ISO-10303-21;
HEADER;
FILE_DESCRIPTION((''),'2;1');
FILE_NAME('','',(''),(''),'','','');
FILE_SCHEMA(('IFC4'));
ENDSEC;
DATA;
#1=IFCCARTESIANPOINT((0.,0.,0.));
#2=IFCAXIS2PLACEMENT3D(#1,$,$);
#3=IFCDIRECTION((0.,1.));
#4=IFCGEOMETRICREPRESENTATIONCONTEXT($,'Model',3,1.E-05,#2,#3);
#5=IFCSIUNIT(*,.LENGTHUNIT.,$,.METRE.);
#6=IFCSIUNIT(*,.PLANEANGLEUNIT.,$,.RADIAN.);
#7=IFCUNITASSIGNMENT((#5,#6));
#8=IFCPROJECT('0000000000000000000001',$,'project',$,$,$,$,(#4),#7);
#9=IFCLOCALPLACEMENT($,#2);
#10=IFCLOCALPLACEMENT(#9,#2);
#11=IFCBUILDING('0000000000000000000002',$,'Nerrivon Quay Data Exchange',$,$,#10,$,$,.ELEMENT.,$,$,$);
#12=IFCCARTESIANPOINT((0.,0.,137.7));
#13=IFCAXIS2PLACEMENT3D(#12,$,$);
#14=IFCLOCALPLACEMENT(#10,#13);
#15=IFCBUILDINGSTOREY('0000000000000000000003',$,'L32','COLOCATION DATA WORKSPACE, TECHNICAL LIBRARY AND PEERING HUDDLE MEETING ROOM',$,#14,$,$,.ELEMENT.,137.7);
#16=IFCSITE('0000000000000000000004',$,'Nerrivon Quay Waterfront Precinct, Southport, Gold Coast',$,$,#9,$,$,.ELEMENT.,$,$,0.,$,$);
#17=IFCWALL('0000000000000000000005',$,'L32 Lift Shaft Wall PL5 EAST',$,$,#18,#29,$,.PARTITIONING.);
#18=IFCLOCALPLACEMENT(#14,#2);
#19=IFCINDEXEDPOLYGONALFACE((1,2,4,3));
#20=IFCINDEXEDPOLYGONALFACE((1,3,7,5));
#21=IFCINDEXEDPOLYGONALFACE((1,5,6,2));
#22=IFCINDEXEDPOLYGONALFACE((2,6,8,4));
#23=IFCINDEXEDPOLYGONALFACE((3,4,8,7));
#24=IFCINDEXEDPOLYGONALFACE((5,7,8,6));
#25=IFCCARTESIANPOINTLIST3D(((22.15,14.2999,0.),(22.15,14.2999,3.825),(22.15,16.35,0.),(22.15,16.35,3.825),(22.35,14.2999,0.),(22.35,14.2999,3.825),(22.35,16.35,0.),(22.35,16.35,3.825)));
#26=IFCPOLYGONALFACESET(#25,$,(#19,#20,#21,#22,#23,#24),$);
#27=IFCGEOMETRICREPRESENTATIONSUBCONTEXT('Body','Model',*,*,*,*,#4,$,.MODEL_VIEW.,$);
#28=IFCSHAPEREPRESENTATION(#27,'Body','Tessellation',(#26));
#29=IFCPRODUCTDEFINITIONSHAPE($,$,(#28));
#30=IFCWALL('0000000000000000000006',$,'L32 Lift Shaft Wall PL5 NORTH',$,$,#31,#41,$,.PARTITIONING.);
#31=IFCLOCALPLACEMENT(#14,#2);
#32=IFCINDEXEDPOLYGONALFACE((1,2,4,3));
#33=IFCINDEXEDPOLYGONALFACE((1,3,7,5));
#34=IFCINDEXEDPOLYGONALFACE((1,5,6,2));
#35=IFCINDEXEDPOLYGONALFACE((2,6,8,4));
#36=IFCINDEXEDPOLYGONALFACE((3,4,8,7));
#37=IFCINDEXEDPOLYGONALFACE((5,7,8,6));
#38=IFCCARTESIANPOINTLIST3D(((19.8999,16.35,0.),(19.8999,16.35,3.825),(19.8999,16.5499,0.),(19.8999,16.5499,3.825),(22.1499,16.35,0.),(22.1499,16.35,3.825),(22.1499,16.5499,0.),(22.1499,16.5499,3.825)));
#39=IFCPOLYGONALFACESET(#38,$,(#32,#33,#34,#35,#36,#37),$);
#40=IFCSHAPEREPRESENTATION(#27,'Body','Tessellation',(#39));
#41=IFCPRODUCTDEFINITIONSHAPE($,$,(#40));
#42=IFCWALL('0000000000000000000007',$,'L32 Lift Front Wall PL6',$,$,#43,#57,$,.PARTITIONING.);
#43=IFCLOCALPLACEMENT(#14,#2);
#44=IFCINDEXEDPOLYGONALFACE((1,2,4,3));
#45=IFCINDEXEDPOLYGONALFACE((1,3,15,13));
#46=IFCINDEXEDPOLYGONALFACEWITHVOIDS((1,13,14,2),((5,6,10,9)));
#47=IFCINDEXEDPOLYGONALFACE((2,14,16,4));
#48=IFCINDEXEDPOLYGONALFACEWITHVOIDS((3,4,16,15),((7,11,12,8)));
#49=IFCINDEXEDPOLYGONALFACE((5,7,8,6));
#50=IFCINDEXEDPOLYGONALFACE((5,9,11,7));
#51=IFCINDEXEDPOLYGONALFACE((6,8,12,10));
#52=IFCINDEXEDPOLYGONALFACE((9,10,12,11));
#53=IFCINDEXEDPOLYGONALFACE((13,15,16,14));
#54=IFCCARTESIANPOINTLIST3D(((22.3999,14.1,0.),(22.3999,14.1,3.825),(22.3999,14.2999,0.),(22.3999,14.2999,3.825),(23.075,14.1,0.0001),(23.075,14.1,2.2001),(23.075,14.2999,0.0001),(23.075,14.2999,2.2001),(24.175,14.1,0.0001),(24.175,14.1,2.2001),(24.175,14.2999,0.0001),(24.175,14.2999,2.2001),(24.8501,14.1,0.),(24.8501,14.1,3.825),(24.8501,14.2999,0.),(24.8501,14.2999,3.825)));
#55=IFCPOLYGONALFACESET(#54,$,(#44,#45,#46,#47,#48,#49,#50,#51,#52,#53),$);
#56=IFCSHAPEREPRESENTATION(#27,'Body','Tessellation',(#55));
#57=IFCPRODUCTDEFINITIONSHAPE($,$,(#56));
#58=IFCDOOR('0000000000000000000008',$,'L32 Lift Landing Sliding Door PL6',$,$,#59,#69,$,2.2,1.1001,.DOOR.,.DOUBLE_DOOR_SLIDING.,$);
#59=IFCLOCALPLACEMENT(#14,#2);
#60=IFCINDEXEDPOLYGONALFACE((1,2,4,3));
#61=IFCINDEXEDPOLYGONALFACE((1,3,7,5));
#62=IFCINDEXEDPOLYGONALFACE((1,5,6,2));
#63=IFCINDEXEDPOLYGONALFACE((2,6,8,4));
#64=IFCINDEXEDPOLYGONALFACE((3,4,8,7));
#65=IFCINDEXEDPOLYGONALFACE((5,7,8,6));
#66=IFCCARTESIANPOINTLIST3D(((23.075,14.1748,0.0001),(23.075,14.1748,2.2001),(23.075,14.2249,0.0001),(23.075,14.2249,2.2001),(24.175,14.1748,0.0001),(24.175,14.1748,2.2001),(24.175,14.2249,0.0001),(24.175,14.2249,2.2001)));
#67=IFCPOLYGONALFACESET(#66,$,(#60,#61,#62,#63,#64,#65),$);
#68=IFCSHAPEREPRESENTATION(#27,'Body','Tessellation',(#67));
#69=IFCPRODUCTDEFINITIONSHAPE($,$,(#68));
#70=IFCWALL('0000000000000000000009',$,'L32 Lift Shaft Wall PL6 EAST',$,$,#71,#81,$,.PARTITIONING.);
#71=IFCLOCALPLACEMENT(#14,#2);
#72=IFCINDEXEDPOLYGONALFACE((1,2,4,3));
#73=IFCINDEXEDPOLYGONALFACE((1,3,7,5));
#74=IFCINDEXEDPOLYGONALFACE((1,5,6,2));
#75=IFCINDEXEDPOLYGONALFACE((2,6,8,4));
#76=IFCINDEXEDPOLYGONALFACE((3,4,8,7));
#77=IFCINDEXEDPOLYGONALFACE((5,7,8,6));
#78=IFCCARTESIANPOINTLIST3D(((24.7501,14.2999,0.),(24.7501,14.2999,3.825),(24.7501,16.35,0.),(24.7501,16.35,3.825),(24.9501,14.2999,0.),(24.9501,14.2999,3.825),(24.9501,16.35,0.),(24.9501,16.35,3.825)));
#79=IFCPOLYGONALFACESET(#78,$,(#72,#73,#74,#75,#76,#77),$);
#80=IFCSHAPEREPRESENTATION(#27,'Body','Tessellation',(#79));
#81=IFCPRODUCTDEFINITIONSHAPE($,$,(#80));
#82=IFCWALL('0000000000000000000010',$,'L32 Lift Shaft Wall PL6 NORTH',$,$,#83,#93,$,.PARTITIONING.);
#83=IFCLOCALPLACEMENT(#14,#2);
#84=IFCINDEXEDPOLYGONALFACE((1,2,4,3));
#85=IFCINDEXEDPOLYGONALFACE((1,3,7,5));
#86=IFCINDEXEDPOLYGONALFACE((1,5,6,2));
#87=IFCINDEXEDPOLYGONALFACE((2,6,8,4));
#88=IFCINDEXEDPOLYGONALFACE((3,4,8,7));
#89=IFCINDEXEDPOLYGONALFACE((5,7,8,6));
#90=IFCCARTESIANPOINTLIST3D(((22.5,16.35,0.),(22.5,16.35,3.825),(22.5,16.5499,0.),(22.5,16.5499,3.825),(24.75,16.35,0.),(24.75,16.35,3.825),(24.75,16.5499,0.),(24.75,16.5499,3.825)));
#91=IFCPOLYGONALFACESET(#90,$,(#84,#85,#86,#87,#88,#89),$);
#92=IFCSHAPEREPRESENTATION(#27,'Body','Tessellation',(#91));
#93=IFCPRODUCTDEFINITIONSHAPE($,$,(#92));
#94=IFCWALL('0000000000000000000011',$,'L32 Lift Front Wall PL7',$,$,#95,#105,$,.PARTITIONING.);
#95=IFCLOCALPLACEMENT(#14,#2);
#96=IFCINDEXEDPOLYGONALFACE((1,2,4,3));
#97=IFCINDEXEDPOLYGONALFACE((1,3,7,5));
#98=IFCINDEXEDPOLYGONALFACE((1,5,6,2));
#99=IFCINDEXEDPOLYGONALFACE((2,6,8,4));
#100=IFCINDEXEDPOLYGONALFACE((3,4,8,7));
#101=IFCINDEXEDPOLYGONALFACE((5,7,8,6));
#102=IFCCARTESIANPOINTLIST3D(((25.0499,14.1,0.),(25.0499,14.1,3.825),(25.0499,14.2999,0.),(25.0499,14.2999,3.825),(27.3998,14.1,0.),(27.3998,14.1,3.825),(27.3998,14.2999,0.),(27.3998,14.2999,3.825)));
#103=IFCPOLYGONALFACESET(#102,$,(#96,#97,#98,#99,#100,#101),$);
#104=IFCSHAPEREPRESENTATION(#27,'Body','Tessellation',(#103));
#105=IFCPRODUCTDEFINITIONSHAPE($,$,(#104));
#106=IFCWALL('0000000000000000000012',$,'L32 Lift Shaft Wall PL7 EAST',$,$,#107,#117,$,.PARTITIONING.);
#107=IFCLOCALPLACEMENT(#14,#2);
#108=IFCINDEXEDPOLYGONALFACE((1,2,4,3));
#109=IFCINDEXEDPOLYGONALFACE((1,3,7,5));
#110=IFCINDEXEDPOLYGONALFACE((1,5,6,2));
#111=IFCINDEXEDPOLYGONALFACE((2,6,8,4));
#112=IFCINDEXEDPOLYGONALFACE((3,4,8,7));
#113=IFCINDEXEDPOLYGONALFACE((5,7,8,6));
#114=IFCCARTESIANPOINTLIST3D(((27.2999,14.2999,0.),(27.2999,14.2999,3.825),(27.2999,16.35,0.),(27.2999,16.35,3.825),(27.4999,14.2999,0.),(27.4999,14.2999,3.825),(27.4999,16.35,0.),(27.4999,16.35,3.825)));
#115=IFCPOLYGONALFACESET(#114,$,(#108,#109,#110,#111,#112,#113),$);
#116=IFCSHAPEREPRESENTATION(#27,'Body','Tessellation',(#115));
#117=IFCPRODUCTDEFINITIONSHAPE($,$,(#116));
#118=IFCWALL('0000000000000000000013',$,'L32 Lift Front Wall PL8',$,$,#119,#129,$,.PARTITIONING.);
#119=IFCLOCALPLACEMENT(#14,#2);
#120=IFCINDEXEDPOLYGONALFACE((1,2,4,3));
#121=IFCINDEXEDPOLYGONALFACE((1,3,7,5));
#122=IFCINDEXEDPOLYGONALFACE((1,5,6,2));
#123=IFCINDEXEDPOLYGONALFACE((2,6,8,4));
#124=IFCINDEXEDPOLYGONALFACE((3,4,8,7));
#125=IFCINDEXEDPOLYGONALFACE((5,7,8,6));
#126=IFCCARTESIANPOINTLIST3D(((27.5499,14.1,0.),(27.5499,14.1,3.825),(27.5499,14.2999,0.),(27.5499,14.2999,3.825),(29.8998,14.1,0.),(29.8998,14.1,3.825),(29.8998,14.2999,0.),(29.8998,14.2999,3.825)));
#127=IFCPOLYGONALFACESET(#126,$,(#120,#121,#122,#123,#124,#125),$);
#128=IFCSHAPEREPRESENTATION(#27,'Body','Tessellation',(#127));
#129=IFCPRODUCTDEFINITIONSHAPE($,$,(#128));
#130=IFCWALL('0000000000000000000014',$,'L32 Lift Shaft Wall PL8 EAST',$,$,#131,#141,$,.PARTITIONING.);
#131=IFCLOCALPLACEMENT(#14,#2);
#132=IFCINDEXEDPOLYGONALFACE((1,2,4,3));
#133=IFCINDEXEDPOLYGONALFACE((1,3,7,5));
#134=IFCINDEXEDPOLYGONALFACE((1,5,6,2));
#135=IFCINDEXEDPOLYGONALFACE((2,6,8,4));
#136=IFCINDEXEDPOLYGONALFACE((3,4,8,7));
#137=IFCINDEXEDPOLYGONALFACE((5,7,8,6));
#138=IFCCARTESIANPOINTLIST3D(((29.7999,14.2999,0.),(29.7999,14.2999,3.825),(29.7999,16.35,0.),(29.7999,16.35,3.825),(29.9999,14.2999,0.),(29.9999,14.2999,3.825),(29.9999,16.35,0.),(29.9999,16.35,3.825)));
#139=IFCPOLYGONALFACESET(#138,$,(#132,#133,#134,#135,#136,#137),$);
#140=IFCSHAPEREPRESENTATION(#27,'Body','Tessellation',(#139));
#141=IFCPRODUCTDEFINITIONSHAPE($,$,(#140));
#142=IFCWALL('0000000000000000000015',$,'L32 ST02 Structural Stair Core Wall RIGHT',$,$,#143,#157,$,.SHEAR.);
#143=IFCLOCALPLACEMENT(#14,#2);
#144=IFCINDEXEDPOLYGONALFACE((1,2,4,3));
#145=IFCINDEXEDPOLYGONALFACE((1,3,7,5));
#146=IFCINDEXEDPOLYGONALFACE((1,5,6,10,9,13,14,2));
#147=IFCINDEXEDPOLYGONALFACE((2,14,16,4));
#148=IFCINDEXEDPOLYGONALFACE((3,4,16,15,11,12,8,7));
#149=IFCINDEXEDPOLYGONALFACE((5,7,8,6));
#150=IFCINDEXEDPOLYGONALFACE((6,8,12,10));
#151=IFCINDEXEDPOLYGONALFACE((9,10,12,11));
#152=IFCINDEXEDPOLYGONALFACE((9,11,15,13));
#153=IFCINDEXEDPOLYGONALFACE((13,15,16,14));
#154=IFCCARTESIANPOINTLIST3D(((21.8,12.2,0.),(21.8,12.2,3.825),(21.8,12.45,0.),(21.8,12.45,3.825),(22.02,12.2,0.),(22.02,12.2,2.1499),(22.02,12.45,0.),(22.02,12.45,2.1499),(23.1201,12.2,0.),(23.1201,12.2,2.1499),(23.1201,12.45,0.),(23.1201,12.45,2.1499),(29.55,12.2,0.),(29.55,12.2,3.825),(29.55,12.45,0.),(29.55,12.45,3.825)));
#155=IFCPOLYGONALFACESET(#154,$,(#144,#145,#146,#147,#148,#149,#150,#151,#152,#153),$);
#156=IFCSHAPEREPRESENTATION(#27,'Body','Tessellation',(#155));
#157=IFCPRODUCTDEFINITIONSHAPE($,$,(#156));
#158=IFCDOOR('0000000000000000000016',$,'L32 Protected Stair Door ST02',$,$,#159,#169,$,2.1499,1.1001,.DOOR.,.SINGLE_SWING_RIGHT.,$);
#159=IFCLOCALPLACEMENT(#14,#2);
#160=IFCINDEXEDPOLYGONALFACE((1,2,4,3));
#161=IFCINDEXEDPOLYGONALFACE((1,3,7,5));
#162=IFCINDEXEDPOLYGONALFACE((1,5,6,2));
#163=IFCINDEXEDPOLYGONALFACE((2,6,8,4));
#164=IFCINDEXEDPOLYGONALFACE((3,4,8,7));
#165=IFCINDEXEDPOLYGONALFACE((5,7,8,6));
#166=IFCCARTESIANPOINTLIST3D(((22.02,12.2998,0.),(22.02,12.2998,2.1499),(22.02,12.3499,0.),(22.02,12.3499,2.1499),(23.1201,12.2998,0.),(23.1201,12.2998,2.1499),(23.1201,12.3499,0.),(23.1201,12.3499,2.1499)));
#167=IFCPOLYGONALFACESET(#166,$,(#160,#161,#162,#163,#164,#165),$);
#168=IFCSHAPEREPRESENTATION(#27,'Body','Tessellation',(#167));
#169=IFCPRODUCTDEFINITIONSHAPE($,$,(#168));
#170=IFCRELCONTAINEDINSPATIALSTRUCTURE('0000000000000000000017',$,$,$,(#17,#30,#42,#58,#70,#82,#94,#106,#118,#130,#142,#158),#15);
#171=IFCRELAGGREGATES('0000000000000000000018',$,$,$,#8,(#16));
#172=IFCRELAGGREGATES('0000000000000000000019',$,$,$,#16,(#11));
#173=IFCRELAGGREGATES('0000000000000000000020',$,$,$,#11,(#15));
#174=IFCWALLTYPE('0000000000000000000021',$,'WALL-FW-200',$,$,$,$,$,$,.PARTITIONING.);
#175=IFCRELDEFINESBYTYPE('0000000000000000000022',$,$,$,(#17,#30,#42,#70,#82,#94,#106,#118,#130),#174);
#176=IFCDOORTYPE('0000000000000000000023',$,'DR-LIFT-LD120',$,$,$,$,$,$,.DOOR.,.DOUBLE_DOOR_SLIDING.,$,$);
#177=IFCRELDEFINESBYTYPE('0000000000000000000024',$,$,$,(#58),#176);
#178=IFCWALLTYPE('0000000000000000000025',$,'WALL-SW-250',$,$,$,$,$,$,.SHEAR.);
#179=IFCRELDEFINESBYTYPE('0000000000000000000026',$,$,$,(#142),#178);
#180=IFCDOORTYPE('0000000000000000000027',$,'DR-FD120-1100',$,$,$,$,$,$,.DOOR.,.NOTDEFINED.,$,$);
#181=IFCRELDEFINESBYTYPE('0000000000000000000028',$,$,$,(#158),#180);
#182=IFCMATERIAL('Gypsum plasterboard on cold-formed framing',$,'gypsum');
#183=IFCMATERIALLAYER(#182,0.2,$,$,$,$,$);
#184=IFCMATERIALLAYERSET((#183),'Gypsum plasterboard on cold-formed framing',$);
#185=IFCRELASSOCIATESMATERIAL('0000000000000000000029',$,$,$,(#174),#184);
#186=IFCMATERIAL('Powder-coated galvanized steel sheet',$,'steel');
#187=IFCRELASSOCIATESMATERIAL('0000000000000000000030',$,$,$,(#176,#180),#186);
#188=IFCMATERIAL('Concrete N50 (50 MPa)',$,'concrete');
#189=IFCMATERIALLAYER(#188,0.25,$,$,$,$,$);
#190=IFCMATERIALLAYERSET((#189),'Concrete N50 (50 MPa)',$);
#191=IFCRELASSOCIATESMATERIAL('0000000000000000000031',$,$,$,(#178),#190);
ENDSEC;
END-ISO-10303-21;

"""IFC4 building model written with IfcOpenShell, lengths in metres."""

from ifc_helpers import new_model, si_unit, direction, frame, frame_2d, origin, place, context, subcontext, project, spatial, rectangle, extrude, material, layer, layer_set, type_object, element, fill, save


model = new_model("IFC4")

# Units and contexts
model_context = context("Model", 3, precision=1e-05, world=origin(), true_north=direction((0.0, 1.0)))
body_context = subcontext(model_context, "Body", "Model", "MODEL_VIEW")
ifc_project = project(units=[si_unit("LENGTHUNIT", "METRE"), si_unit("PLANEANGLEUNIT", "RADIAN")], contexts=[model_context])

# Site, building, storey
site_placement = place(None, origin())
site = spatial("IfcSite", under=ifc_project, at=site_placement, Name="Nerrivon Quay Waterfront Precinct, Southport, Gold Coast", CompositionType="ELEMENT", RefElevation=0.0)
building_placement = place(site_placement, origin())
building = spatial("IfcBuilding", under=site, at=building_placement, Name="Nerrivon Quay Data Exchange", CompositionType="ELEMENT")
storey_placement = place(building_placement, frame((0.0, 0.0, 137.7)))
storey = spatial("IfcBuildingStorey", under=building, at=storey_placement, Name="L32", Description="COLOCATION DATA WORKSPACE, TECHNICAL LIBRARY AND PEERING HUDDLE MEETING ROOM", CompositionType="ELEMENT", Elevation=137.7)

# Walls
ifc_material_1 = material(Name="Gypsum plasterboard on cold-formed framing", Category="gypsum")
ifc_layer_1 = layer(ifc_material_1, 0.2)
ifc_layer_set_1 = layer_set([ifc_layer_1], Name="Gypsum plasterboard on cold-formed framing")
wall_type_1 = type_object("IfcWallType", Name="WALL-FW-200", PredefinedType="PARTITIONING", material=ifc_layer_set_1)
wall_1_placement = place(storey_placement, frame((22.25, 14.3, 0.0), z_axis=(0.0, 0.0, 1.0), x_axis=(0.0, 1.0, 0.0)))
element("IfcWall", 1, at=wall_1_placement, inside=storey, type_object=wall_type_1, Name="L32 Lift Shaft Wall PL5 EAST", PredefinedType="PARTITIONING", context=body_context, shape_type="SweptSolid", body=[
    extrude(rectangle(XDim=2.05, YDim=0.2, at=frame_2d((1.0249, 0.0))), origin(), (0.0, 0.0, 1.0), 3.825),
])
wall_2_placement = place(storey_placement, frame((19.8999, 16.45, 0.0), z_axis=(0.0, 0.0, 1.0), x_axis=(1.0, 0.0, 0.0)))
element("IfcWall", 2, at=wall_2_placement, inside=storey, type_object=wall_type_1, Name="L32 Lift Shaft Wall PL5 NORTH", PredefinedType="PARTITIONING", context=body_context, shape_type="SweptSolid", body=[
    extrude(rectangle(XDim=2.25, YDim=0.2, at=frame_2d((1.125, 0.0))), origin(), (0.0, 0.0, 1.0), 3.825),
])

# Wall, opening, door
wall_3_placement = place(storey_placement, frame((22.3999, 14.2, 0.0), z_axis=(0.0, 0.0, 1.0), x_axis=(1.0, 0.0, 0.0)))
wall_3 = element("IfcWall", 3, at=wall_3_placement, inside=storey, type_object=wall_type_1, Name="L32 Lift Front Wall PL6", PredefinedType="PARTITIONING", context=body_context, shape_type="SweptSolid", body=[
    extrude(rectangle(XDim=2.4502, YDim=0.2, at=frame_2d((1.2251, 0.0))), origin(), (0.0, 0.0, 1.0), 3.825),
])
opening_1_placement = place(wall_3_placement, frame((0.675, 0.0, 0.0)))
opening_1 = element("IfcOpeningElement", 4, at=opening_1_placement, cuts=wall_3, PredefinedType="OPENING", context=body_context, shape_type="SweptSolid", body=[
    extrude(rectangle(XDim=1.1001, YDim=2.2, at=frame_2d((0.55, 1.1001))), frame((0.0, 0.1099, 0.0), z_axis=(0.0, -1.0, 0.0), x_axis=(1.0, 0.0, 0.0)), (0.0, 0.0, 1.0), 0.22),
])
ifc_material_2 = material(Name="Powder-coated galvanized steel sheet", Category="steel")
door_type_1 = type_object("IfcDoorType", Name="DR-LIFT-LD120", OperationType="DOUBLE_DOOR_SLIDING", PredefinedType="DOOR", material=ifc_material_2)
door_1_placement = place(opening_1_placement, origin())
door_1 = element("IfcDoor", 5, at=door_1_placement, inside=storey, type_object=door_type_1, Name="L32 Lift Landing Sliding Door PL6", OperationType="DOUBLE_DOOR_SLIDING", OverallHeight=2.2, OverallWidth=1.1001, PredefinedType="DOOR", context=body_context, shape_type="SweptSolid", body=[
    extrude(rectangle(XDim=1.1001, YDim=2.2, at=frame_2d((0.55, 1.1001))), frame((0.0, 0.0249, 0.0), z_axis=(0.0, -1.0, 0.0), x_axis=(1.0, 0.0, 0.0)), (0.0, 0.0, 1.0), 0.05),
])
fill(opening_1, door_1)

# Walls
wall_4_placement = place(storey_placement, frame((24.8501, 14.3, 0.0), z_axis=(0.0, 0.0, 1.0), x_axis=(0.0, 1.0, 0.0)))
element("IfcWall", 6, at=wall_4_placement, inside=storey, type_object=wall_type_1, Name="L32 Lift Shaft Wall PL6 EAST", PredefinedType="PARTITIONING", context=body_context, shape_type="SweptSolid", body=[
    extrude(rectangle(XDim=2.05, YDim=0.2, at=frame_2d((1.0249, 0.0))), origin(), (0.0, 0.0, 1.0), 3.825),
])
wall_5_placement = place(storey_placement, frame((22.5, 16.45, 0.0), z_axis=(0.0, 0.0, 1.0), x_axis=(1.0, 0.0, 0.0)))
element("IfcWall", 7, at=wall_5_placement, inside=storey, type_object=wall_type_1, Name="L32 Lift Shaft Wall PL6 NORTH", PredefinedType="PARTITIONING", context=body_context, shape_type="SweptSolid", body=[
    extrude(rectangle(XDim=2.25, YDim=0.2, at=frame_2d((1.125, 0.0))), origin(), (0.0, 0.0, 1.0), 3.825),
])
wall_6_placement = place(storey_placement, frame((25.05, 14.2, 0.0), z_axis=(0.0, 0.0, 1.0), x_axis=(1.0, 0.0, 0.0)))
element("IfcWall", 8, at=wall_6_placement, inside=storey, type_object=wall_type_1, Name="L32 Lift Front Wall PL7", PredefinedType="PARTITIONING", context=body_context, shape_type="SweptSolid", body=[
    extrude(rectangle(XDim=2.3499, YDim=0.2, at=frame_2d((1.1748, 0.0))), origin(), (0.0, 0.0, 1.0), 3.825),
])
wall_7_placement = place(storey_placement, frame((27.3999, 14.3, 0.0), z_axis=(0.0, 0.0, 1.0), x_axis=(0.0, 1.0, 0.0)))
element("IfcWall", 9, at=wall_7_placement, inside=storey, type_object=wall_type_1, Name="L32 Lift Shaft Wall PL7 EAST", PredefinedType="PARTITIONING", context=body_context, shape_type="SweptSolid", body=[
    extrude(rectangle(XDim=2.05, YDim=0.2, at=frame_2d((1.0249, 0.0))), origin(), (0.0, 0.0, 1.0), 3.825),
])
wall_8_placement = place(storey_placement, frame((27.55, 14.2, 0.0), z_axis=(0.0, 0.0, 1.0), x_axis=(1.0, 0.0, 0.0)))
element("IfcWall", 10, at=wall_8_placement, inside=storey, type_object=wall_type_1, Name="L32 Lift Front Wall PL8", PredefinedType="PARTITIONING", context=body_context, shape_type="SweptSolid", body=[
    extrude(rectangle(XDim=2.3499, YDim=0.2, at=frame_2d((1.1748, 0.0))), origin(), (0.0, 0.0, 1.0), 3.825),
])
wall_9_placement = place(storey_placement, frame((29.8999, 14.3, 0.0), z_axis=(0.0, 0.0, 1.0), x_axis=(0.0, 1.0, 0.0)))
element("IfcWall", 11, at=wall_9_placement, inside=storey, type_object=wall_type_1, Name="L32 Lift Shaft Wall PL8 EAST", PredefinedType="PARTITIONING", context=body_context, shape_type="SweptSolid", body=[
    extrude(rectangle(XDim=2.05, YDim=0.2, at=frame_2d((1.0249, 0.0))), origin(), (0.0, 0.0, 1.0), 3.825),
])

# Wall, opening, door
ifc_material_3 = material(Name="Concrete N50 (50 MPa)", Category="concrete")
ifc_layer_2 = layer(ifc_material_3, 0.25)
ifc_layer_set_2 = layer_set([ifc_layer_2], Name="Concrete N50 (50 MPa)")
wall_type_2 = type_object("IfcWallType", Name="WALL-SW-250", PredefinedType="SHEAR", material=ifc_layer_set_2)
wall_10_placement = place(storey_placement, frame((21.8, 12.325, 0.0), z_axis=(0.0, 0.0, 1.0), x_axis=(1.0, 0.0, 0.0)))
wall_10 = element("IfcWall", 12, at=wall_10_placement, inside=storey, type_object=wall_type_2, Name="L32 ST02 Structural Stair Core Wall RIGHT", PredefinedType="SHEAR", context=body_context, shape_type="SweptSolid", body=[
    extrude(rectangle(XDim=7.75, YDim=0.25, at=frame_2d((3.875, 0.0))), origin(), (0.0, 0.0, 1.0), 3.825),
])
opening_2_placement = place(wall_10_placement, frame((0.22, 0.0, 0.0)))
opening_2 = element("IfcOpeningElement", 13, at=opening_2_placement, cuts=wall_10, PredefinedType="OPENING", context=body_context, shape_type="SweptSolid", body=[
    extrude(rectangle(XDim=1.1001, YDim=2.1499, at=frame_2d((0.55, 1.075))), frame((0.0, 0.135, 0.0), z_axis=(0.0, -1.0, 0.0), x_axis=(1.0, 0.0, 0.0)), (0.0, 0.0, 1.0), 0.27),
])
door_type_2 = type_object("IfcDoorType", Name="DR-FD120-1100", OperationType="NOTDEFINED", PredefinedType="DOOR", material=ifc_material_2)
door_2_placement = place(opening_2_placement, origin())
door_2 = element("IfcDoor", 14, at=door_2_placement, inside=storey, type_object=door_type_2, Name="L32 Protected Stair Door ST02", OperationType="SINGLE_SWING_RIGHT", OverallHeight=2.1499, OverallWidth=1.1001, PredefinedType="DOOR", context=body_context, shape_type="SweptSolid", body=[
    extrude(rectangle(XDim=1.1001, YDim=2.1499, at=frame_2d((0.55, 1.075))), frame((0.0, 0.0249, 0.0), z_axis=(0.0, -1.0, 0.0), x_axis=(1.0, 0.0, 0.0)), (0.0, 0.0, 1.0), 0.05),
])
fill(opening_2, door_2)

save(model, "model.ifc")
